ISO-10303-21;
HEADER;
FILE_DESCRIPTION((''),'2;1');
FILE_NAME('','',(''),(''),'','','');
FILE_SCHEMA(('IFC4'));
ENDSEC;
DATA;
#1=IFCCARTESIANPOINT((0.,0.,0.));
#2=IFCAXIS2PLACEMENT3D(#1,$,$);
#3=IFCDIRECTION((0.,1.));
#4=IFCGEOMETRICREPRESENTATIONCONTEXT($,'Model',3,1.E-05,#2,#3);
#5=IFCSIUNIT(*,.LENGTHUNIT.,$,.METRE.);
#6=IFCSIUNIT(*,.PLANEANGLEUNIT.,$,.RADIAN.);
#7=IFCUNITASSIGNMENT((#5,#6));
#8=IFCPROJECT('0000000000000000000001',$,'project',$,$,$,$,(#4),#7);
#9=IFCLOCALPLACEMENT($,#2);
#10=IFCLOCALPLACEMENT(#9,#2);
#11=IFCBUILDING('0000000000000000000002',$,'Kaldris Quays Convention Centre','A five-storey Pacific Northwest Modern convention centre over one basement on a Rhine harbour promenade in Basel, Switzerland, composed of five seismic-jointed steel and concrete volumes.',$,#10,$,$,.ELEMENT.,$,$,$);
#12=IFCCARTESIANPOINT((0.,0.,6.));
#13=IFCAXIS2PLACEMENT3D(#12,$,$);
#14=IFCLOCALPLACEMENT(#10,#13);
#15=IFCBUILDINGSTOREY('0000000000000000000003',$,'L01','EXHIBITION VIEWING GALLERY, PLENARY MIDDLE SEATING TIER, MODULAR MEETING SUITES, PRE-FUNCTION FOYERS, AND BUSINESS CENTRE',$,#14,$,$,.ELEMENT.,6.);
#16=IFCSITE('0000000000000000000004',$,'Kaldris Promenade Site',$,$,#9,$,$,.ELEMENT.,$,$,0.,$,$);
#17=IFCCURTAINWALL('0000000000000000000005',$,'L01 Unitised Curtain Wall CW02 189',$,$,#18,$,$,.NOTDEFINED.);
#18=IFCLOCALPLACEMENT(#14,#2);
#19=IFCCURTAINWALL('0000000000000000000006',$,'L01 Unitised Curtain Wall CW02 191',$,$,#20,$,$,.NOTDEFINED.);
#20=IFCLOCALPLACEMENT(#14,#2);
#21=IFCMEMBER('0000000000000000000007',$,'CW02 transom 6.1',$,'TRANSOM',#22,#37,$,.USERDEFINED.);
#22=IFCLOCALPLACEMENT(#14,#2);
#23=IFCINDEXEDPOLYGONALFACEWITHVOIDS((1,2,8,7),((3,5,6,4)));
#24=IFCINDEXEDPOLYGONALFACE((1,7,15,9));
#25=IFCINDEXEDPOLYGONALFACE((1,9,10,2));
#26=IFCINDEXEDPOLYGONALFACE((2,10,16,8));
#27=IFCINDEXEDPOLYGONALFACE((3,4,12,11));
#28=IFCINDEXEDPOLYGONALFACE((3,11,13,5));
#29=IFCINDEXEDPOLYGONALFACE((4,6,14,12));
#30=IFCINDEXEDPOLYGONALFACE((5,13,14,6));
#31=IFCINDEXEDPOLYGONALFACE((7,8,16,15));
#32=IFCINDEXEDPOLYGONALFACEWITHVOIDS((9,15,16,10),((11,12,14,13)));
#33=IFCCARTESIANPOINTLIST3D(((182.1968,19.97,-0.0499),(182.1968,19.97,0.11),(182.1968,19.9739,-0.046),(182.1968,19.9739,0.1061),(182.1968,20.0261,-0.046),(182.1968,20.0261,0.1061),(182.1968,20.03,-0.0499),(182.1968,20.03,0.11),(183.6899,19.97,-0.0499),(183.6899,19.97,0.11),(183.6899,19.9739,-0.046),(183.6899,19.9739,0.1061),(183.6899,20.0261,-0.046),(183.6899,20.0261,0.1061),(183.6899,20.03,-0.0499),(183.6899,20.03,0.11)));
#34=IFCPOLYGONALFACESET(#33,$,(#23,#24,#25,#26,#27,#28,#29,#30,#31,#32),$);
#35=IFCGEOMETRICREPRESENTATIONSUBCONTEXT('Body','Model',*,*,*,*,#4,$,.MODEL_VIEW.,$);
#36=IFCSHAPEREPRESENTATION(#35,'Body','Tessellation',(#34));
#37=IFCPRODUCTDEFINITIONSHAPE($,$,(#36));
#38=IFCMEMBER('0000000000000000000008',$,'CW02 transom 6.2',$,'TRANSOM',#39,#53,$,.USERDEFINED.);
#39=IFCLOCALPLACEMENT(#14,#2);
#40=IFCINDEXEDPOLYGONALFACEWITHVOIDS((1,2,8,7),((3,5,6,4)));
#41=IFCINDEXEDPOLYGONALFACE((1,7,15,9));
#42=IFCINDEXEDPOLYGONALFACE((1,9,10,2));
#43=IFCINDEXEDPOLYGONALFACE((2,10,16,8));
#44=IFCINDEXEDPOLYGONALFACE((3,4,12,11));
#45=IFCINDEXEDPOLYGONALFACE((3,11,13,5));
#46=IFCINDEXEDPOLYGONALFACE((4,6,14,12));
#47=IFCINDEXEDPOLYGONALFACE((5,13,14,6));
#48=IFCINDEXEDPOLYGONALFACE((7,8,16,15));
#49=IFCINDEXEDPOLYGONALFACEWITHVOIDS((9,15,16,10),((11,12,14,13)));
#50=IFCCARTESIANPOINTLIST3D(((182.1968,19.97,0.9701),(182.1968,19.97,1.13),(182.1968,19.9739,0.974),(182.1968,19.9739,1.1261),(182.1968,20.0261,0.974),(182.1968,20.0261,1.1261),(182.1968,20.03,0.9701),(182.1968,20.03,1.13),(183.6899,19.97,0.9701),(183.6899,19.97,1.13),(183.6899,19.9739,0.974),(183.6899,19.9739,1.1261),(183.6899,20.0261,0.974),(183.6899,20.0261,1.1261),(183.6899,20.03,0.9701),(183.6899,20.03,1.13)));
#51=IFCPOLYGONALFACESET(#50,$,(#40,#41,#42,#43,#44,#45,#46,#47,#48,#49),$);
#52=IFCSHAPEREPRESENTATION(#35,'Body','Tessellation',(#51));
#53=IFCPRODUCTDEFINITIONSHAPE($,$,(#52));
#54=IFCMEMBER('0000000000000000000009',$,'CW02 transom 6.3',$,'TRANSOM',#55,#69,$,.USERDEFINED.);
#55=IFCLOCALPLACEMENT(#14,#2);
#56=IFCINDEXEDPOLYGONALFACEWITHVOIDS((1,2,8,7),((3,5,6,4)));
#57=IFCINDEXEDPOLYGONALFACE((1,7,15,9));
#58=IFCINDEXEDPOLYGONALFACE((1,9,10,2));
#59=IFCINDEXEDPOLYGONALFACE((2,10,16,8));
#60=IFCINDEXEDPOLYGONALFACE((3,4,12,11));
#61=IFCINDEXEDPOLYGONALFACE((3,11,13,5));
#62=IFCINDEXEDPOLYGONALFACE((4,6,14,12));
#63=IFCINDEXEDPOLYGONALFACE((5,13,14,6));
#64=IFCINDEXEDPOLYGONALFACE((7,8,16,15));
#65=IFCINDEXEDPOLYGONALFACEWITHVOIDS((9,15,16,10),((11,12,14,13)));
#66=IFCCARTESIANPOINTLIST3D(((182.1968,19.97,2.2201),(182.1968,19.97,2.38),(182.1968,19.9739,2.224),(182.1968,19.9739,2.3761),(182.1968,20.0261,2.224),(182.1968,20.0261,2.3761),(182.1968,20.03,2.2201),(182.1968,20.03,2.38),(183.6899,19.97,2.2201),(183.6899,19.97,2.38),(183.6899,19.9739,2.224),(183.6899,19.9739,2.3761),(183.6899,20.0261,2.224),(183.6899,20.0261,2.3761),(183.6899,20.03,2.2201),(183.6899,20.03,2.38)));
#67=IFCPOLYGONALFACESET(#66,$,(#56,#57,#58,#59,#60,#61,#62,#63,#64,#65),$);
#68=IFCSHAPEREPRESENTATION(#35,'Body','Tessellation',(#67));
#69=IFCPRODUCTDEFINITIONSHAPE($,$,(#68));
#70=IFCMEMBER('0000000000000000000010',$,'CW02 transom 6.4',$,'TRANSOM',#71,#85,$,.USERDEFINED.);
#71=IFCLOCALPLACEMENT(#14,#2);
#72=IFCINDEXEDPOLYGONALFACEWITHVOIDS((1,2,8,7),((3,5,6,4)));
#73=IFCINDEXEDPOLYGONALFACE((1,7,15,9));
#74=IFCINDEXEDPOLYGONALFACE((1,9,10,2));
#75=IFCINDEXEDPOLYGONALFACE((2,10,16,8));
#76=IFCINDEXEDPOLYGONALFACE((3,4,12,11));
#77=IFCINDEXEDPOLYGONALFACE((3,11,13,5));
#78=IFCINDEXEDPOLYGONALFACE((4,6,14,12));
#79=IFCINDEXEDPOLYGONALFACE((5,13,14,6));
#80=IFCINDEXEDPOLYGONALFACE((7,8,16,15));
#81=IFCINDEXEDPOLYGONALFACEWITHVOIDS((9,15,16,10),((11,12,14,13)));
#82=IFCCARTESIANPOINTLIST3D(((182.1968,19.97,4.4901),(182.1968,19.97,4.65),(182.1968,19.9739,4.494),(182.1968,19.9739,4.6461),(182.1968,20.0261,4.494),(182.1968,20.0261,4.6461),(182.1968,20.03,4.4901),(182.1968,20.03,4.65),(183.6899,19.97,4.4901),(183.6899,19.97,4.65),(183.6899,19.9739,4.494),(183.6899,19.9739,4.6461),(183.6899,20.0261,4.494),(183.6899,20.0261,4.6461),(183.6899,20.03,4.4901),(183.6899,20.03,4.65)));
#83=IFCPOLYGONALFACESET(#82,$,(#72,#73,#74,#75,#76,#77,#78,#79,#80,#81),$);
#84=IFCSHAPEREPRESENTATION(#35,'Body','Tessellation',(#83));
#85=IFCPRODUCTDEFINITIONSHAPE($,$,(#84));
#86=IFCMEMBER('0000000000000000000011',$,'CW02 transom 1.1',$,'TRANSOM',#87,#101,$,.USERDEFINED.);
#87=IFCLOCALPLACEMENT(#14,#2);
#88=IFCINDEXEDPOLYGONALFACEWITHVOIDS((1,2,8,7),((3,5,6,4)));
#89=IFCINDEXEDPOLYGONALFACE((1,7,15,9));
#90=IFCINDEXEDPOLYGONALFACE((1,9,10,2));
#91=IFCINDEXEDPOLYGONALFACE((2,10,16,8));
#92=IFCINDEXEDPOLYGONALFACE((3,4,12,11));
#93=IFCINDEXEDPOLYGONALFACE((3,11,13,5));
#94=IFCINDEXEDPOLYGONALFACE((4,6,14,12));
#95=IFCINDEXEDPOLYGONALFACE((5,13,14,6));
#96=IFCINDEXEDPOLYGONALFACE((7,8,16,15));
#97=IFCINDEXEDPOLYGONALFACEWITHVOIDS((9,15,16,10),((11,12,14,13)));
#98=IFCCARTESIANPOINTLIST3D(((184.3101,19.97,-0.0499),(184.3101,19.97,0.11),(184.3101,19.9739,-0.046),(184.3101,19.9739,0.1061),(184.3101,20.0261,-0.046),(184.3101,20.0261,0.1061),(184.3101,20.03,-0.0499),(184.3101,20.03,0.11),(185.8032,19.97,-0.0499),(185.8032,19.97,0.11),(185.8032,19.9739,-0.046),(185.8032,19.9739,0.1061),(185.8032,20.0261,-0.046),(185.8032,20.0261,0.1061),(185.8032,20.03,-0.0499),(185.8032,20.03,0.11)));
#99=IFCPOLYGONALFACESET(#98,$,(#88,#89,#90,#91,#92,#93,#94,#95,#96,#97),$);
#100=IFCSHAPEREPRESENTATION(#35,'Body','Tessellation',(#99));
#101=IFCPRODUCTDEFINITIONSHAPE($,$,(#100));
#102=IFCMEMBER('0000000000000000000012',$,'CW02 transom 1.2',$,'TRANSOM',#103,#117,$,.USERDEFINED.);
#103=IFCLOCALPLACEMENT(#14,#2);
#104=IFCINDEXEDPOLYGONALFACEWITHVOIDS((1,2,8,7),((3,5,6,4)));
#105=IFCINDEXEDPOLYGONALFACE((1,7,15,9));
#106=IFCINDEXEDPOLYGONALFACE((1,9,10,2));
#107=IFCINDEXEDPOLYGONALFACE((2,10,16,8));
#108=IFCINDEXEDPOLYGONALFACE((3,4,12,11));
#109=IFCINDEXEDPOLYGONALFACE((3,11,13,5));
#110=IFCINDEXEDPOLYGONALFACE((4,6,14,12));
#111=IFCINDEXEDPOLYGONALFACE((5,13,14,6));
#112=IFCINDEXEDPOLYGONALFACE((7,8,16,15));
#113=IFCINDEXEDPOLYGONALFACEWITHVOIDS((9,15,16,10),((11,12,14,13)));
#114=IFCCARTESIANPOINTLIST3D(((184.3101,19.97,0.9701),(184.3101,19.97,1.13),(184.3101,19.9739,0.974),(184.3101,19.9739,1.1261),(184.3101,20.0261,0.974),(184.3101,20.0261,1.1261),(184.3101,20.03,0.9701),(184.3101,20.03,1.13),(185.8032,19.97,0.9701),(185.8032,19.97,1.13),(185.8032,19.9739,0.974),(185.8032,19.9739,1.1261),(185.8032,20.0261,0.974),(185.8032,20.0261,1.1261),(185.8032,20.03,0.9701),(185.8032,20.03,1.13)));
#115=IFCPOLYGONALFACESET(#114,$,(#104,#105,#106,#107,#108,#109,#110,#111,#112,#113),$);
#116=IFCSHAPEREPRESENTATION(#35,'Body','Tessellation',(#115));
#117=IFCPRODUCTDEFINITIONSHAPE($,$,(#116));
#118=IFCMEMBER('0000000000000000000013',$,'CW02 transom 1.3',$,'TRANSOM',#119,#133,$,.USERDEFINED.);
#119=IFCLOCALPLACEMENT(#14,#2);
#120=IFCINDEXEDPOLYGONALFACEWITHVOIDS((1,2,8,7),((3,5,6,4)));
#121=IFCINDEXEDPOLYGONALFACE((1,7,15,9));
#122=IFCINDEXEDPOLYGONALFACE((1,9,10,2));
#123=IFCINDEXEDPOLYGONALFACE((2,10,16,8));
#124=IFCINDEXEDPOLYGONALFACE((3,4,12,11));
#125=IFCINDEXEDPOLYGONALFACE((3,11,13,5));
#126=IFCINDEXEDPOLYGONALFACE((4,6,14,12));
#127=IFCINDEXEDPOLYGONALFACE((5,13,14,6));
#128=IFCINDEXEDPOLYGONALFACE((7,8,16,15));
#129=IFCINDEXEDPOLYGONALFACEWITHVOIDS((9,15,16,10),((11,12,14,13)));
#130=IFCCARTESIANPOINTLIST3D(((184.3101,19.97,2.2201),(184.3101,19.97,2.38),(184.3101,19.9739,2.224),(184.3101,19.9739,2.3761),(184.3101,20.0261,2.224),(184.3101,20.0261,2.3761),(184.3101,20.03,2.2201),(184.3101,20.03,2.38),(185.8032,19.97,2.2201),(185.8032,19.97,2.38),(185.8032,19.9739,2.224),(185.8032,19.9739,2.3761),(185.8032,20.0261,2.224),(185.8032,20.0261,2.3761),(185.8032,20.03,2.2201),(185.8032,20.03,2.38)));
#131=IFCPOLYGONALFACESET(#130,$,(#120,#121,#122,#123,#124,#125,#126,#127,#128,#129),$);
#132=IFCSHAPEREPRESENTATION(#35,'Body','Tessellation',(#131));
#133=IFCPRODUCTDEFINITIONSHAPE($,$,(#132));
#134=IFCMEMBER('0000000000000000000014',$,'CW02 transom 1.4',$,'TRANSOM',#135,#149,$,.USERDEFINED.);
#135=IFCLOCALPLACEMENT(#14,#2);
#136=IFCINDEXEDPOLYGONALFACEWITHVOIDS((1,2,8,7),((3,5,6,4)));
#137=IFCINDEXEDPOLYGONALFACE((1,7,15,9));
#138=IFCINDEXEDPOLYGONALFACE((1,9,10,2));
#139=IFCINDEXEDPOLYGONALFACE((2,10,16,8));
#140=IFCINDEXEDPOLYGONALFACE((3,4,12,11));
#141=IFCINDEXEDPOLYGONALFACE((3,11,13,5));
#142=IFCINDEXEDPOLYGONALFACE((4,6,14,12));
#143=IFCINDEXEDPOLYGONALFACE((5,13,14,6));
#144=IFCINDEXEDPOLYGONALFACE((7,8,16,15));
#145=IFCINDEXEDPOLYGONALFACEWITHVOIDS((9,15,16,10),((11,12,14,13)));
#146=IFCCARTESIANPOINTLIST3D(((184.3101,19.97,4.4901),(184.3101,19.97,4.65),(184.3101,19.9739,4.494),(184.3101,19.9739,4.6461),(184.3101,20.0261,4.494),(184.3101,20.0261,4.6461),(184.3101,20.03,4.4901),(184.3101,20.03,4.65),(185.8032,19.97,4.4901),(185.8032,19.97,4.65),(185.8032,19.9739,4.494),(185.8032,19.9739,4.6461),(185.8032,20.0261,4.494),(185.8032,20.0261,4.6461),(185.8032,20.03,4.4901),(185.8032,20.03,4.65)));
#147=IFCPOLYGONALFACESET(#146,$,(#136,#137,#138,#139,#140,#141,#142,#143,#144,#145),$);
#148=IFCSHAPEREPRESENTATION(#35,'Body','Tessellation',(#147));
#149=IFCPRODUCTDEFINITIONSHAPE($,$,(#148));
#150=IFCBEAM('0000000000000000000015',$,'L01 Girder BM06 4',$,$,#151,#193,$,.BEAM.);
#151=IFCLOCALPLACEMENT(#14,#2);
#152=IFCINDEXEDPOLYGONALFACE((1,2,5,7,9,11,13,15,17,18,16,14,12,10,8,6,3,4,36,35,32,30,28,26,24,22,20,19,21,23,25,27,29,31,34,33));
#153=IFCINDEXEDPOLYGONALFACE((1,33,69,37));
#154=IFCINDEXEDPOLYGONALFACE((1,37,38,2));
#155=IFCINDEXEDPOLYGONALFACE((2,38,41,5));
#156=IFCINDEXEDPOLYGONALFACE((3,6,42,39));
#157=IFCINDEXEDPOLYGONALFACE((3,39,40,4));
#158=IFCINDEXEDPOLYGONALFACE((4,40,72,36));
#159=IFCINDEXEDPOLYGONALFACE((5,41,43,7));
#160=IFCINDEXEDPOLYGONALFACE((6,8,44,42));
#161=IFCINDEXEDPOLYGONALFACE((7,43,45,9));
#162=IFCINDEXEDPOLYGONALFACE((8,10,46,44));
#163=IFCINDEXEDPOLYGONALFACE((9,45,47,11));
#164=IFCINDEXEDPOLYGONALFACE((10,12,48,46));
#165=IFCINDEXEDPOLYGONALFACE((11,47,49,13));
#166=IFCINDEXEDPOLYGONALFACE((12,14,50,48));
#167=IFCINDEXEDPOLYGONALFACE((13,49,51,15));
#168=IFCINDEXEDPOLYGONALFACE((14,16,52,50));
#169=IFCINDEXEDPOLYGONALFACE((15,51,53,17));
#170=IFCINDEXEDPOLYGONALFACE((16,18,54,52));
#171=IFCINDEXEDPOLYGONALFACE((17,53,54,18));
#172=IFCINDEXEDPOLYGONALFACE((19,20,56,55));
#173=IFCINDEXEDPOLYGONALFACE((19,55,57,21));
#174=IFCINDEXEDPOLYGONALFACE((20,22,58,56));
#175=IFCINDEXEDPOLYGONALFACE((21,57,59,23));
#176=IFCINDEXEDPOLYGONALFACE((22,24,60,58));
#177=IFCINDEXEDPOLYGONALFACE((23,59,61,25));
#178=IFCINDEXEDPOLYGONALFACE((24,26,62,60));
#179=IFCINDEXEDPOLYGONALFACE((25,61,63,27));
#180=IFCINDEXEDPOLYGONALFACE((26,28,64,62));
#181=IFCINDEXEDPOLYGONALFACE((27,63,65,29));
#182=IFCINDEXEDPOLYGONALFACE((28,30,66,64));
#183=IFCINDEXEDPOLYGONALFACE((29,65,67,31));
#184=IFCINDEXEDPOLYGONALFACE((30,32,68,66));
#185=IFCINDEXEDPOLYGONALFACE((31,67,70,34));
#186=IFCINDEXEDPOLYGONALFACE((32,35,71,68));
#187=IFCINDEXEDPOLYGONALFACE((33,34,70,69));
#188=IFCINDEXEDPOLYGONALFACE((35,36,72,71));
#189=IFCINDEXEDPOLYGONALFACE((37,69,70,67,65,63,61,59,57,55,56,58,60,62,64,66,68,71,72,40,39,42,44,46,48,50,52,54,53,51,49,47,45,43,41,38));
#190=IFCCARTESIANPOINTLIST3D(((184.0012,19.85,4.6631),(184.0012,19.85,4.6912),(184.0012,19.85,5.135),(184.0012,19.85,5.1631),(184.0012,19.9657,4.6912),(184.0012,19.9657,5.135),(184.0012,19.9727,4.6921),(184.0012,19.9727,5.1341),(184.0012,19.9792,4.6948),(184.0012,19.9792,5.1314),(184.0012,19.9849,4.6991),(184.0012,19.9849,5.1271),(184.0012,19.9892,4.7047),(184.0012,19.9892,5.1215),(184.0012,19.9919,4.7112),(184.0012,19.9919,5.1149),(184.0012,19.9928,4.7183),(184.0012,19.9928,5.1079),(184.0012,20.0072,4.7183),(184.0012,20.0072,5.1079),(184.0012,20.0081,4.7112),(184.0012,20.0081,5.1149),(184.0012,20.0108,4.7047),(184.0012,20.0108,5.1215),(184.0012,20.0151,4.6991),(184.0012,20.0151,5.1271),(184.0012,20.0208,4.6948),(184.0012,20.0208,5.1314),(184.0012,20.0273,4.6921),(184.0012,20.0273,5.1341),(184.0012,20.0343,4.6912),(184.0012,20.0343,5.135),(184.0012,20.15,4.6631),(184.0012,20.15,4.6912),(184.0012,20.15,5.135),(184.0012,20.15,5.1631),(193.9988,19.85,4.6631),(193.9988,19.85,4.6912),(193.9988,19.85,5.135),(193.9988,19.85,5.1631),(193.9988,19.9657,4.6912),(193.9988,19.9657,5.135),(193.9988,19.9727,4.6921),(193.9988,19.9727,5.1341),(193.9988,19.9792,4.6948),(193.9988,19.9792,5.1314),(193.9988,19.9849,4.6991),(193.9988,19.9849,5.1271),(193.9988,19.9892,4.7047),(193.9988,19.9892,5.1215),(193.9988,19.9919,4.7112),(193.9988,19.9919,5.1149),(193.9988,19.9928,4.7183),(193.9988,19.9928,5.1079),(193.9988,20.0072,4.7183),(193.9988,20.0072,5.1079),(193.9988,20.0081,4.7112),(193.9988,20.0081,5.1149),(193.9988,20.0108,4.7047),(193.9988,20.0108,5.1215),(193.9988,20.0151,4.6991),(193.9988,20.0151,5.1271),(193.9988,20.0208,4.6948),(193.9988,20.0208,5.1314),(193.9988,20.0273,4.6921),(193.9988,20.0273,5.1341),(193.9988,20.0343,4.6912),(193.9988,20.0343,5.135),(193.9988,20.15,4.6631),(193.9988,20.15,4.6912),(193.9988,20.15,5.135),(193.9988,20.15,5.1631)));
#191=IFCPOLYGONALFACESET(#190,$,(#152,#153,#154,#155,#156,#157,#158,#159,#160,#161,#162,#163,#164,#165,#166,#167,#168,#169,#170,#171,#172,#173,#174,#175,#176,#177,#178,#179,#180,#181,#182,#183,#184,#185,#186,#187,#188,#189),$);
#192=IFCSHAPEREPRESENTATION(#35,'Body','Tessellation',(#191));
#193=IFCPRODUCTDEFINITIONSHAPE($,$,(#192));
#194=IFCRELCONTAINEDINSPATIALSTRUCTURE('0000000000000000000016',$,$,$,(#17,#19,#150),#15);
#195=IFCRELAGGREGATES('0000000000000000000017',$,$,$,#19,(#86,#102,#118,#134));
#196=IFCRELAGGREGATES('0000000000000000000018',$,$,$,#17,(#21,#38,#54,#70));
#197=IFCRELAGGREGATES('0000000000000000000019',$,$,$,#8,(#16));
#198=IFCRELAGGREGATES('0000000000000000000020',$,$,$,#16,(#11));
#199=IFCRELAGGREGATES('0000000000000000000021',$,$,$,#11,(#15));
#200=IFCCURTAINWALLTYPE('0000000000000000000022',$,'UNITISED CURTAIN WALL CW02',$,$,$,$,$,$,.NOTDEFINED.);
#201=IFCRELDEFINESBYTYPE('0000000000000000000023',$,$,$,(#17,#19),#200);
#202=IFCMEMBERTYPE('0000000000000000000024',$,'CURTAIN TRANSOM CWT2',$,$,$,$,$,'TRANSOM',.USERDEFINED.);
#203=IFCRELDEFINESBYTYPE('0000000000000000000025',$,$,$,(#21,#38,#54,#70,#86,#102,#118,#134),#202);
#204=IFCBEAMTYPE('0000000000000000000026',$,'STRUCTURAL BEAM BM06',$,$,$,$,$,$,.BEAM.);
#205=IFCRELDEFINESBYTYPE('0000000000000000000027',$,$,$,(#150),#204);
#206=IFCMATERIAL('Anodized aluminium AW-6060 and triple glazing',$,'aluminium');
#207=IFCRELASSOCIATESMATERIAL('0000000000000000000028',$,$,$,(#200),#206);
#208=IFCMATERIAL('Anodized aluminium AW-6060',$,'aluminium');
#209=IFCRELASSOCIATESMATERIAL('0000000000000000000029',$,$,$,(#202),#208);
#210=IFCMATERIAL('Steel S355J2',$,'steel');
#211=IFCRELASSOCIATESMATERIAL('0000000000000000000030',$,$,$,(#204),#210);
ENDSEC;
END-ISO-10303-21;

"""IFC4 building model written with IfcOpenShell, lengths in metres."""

from ifc_helpers import new_model, si_unit, direction, frame, origin, origin_2d, place, context, subcontext, project, spatial, hollow_rectangle, i_section, extrude, material, material_profile, profile_set, type_object, element, aggregate, save


model = new_model("IFC4")

# Units and contexts
model_context = context("Model", 3, precision=1e-05, world=origin(), true_north=direction((0.0, 1.0)))
body_context = subcontext(model_context, "Body", "Model", "MODEL_VIEW")
ifc_project = project(units=[si_unit("LENGTHUNIT", "METRE"), si_unit("PLANEANGLEUNIT", "RADIAN")], contexts=[model_context])

# Site, building, storey
site_placement = place(None, origin())
site = spatial("IfcSite", under=ifc_project, at=site_placement, Name="Kaldris Promenade Site", CompositionType="ELEMENT", RefElevation=0.0)
building_placement = place(site_placement, origin())
building = spatial("IfcBuilding", under=site, at=building_placement, Name="Kaldris Quays Convention Centre", Description="A five-storey Pacific Northwest Modern convention centre over one basement on a Rhine harbour promenade in Basel, Switzerland, composed of five seismic-jointed steel and concrete volumes.", CompositionType="ELEMENT")
storey_placement = place(building_placement, frame((0.0, 0.0, 6.0)))
storey = spatial("IfcBuildingStorey", under=building, at=storey_placement, Name="L01", Description="EXHIBITION VIEWING GALLERY, PLENARY MIDDLE SEATING TIER, MODULAR MEETING SUITES, PRE-FUNCTION FOYERS, AND BUSINESS CENTRE", CompositionType="ELEMENT", Elevation=6.0)

# Shared definitions
ifc_material_1 = material(Name="Steel S355J2", Category="steel")

# Curtain wall
ifc_material_2 = material(Name="Anodized aluminium AW-6060 and triple glazing", Category="aluminium")
curtain_wall_type = type_object("IfcCurtainWallType", Name="UNITISED CURTAIN WALL CW02", PredefinedType="NOTDEFINED", material=ifc_material_2)
curtain_wall_1_placement = place(storey_placement, origin())
curtain_wall_1 = element("IfcCurtainWall", 1, at=curtain_wall_1_placement, inside=storey, type_object=curtain_wall_type, Name="L01 Unitised Curtain Wall CW02 189", PredefinedType="NOTDEFINED")
ifc_material_3 = material(Name="Anodized aluminium AW-6060", Category="aluminium")

# Curtain wall
curtain_wall_2_placement = place(storey_placement, origin())
curtain_wall_2 = element("IfcCurtainWall", 2, at=curtain_wall_2_placement, inside=storey, type_object=curtain_wall_type, Name="L01 Unitised Curtain Wall CW02 191", PredefinedType="NOTDEFINED")

# Members
ifc_material_profile_1 = material_profile(ifc_material_3, hollow_rectangle(XDim=0.0601, YDim=0.1599, WallThickness=0.0039, at=origin_2d()), Name="RHS 160x60x4")
ifc_profile_set_1 = profile_set([ifc_material_profile_1], Name="Anodized aluminium AW-6060")
member_type_1 = type_object("IfcMemberType", Name="CURTAIN TRANSOM CWT2", ElementType="TRANSOM", PredefinedType="USERDEFINED", material=ifc_profile_set_1)
member_1_placement = place(storey_placement, frame((182.1968, 20.0, 0.03), z_axis=(1.0, 0.0, 0.0), x_axis=(0.0, 1.0, 0.0)))
member_1 = element("IfcMember", 3, at=member_1_placement, type_object=member_type_1, Name="CW02 transom 6.1", ObjectType="TRANSOM", PredefinedType="USERDEFINED", context=body_context, shape_type="SweptSolid", body=[
    extrude(hollow_rectangle(XDim=0.0601, YDim=0.1599, WallThickness=0.0039, at=origin_2d()), origin(), (0.0, 0.0, 1.0), 1.4932),
])
member_2_placement = place(storey_placement, frame((182.1968, 20.0, 1.05), z_axis=(1.0, 0.0, 0.0), x_axis=(0.0, 1.0, 0.0)))
member_2 = element("IfcMember", 4, at=member_2_placement, type_object=member_type_1, Name="CW02 transom 6.2", ObjectType="TRANSOM", PredefinedType="USERDEFINED", context=body_context, shape_type="SweptSolid", body=[
    extrude(hollow_rectangle(XDim=0.0601, YDim=0.1599, WallThickness=0.0039, at=origin_2d()), origin(), (0.0, 0.0, 1.0), 1.4932),
])
member_3_placement = place(storey_placement, frame((182.1968, 20.0, 2.3), z_axis=(1.0, 0.0, 0.0), x_axis=(0.0, 1.0, 0.0)))
member_3 = element("IfcMember", 5, at=member_3_placement, type_object=member_type_1, Name="CW02 transom 6.3", ObjectType="TRANSOM", PredefinedType="USERDEFINED", context=body_context, shape_type="SweptSolid", body=[
    extrude(hollow_rectangle(XDim=0.0601, YDim=0.1599, WallThickness=0.0039, at=origin_2d()), origin(), (0.0, 0.0, 1.0), 1.4932),
])
member_4_placement = place(storey_placement, frame((182.1968, 20.0, 4.5701), z_axis=(1.0, 0.0, 0.0), x_axis=(0.0, 1.0, 0.0)))
member_4 = element("IfcMember", 6, at=member_4_placement, type_object=member_type_1, Name="CW02 transom 6.4", ObjectType="TRANSOM", PredefinedType="USERDEFINED", context=body_context, shape_type="SweptSolid", body=[
    extrude(hollow_rectangle(XDim=0.0601, YDim=0.1599, WallThickness=0.0039, at=origin_2d()), origin(), (0.0, 0.0, 1.0), 1.4932),
])
member_5_placement = place(storey_placement, frame((184.3101, 20.0, 0.03), z_axis=(1.0, 0.0, 0.0), x_axis=(0.0, 1.0, 0.0)))
member_5 = element("IfcMember", 7, at=member_5_placement, type_object=member_type_1, Name="CW02 transom 1.1", ObjectType="TRANSOM", PredefinedType="USERDEFINED", context=body_context, shape_type="SweptSolid", body=[
    extrude(hollow_rectangle(XDim=0.0601, YDim=0.1599, WallThickness=0.0039, at=origin_2d()), origin(), (0.0, 0.0, 1.0), 1.4932),
])
member_6_placement = place(storey_placement, frame((184.3101, 20.0, 1.05), z_axis=(1.0, 0.0, 0.0), x_axis=(0.0, 1.0, 0.0)))
member_6 = element("IfcMember", 8, at=member_6_placement, type_object=member_type_1, Name="CW02 transom 1.2", ObjectType="TRANSOM", PredefinedType="USERDEFINED", context=body_context, shape_type="SweptSolid", body=[
    extrude(hollow_rectangle(XDim=0.0601, YDim=0.1599, WallThickness=0.0039, at=origin_2d()), origin(), (0.0, 0.0, 1.0), 1.4932),
])
member_7_placement = place(storey_placement, frame((184.3101, 20.0, 2.3), z_axis=(1.0, 0.0, 0.0), x_axis=(0.0, 1.0, 0.0)))
member_7 = element("IfcMember", 9, at=member_7_placement, type_object=member_type_1, Name="CW02 transom 1.3", ObjectType="TRANSOM", PredefinedType="USERDEFINED", context=body_context, shape_type="SweptSolid", body=[
    extrude(hollow_rectangle(XDim=0.0601, YDim=0.1599, WallThickness=0.0039, at=origin_2d()), origin(), (0.0, 0.0, 1.0), 1.4932),
])
member_8_placement = place(storey_placement, frame((184.3101, 20.0, 4.5701), z_axis=(1.0, 0.0, 0.0), x_axis=(0.0, 1.0, 0.0)))
member_8 = element("IfcMember", 10, at=member_8_placement, type_object=member_type_1, Name="CW02 transom 1.4", ObjectType="TRANSOM", PredefinedType="USERDEFINED", context=body_context, shape_type="SweptSolid", body=[
    extrude(hollow_rectangle(XDim=0.0601, YDim=0.1599, WallThickness=0.0039, at=origin_2d()), origin(), (0.0, 0.0, 1.0), 1.4932),
])
aggregate(curtain_wall_2, [member_5, member_6, member_7, member_8])

# Beam
ifc_material_profile_2 = material_profile(ifc_material_1, i_section(OverallWidth=0.3, OverallDepth=0.5, WebThickness=0.0144, FlangeThickness=0.0281, FilletRadius=0.0271, at=origin_2d()), Name="HEB 500")
ifc_profile_set_2 = profile_set([ifc_material_profile_2], Name="Steel S355J2")
beam_type_1 = type_object("IfcBeamType", Name="STRUCTURAL BEAM BM06", PredefinedType="BEAM", material=ifc_profile_set_2)
beam_1_placement = place(storey_placement, frame((184.0012, 20.0, 4.9131), z_axis=(1.0, 0.0, 0.0), x_axis=(0.0, 1.0, 0.0)))
element("IfcBeam", 11, at=beam_1_placement, inside=storey, type_object=beam_type_1, Name="L01 Girder BM06 4", PredefinedType="BEAM", context=body_context, shape_type="SweptSolid", body=[
    extrude(i_section(OverallWidth=0.3, OverallDepth=0.5, WebThickness=0.0144, FlangeThickness=0.0281, FilletRadius=0.0271, at=origin_2d()), origin(), (0.0, 0.0, 1.0), 9.9976),
])

aggregate(curtain_wall_1, [member_1, member_2, member_3, member_4])

save(model, "model.ifc")
